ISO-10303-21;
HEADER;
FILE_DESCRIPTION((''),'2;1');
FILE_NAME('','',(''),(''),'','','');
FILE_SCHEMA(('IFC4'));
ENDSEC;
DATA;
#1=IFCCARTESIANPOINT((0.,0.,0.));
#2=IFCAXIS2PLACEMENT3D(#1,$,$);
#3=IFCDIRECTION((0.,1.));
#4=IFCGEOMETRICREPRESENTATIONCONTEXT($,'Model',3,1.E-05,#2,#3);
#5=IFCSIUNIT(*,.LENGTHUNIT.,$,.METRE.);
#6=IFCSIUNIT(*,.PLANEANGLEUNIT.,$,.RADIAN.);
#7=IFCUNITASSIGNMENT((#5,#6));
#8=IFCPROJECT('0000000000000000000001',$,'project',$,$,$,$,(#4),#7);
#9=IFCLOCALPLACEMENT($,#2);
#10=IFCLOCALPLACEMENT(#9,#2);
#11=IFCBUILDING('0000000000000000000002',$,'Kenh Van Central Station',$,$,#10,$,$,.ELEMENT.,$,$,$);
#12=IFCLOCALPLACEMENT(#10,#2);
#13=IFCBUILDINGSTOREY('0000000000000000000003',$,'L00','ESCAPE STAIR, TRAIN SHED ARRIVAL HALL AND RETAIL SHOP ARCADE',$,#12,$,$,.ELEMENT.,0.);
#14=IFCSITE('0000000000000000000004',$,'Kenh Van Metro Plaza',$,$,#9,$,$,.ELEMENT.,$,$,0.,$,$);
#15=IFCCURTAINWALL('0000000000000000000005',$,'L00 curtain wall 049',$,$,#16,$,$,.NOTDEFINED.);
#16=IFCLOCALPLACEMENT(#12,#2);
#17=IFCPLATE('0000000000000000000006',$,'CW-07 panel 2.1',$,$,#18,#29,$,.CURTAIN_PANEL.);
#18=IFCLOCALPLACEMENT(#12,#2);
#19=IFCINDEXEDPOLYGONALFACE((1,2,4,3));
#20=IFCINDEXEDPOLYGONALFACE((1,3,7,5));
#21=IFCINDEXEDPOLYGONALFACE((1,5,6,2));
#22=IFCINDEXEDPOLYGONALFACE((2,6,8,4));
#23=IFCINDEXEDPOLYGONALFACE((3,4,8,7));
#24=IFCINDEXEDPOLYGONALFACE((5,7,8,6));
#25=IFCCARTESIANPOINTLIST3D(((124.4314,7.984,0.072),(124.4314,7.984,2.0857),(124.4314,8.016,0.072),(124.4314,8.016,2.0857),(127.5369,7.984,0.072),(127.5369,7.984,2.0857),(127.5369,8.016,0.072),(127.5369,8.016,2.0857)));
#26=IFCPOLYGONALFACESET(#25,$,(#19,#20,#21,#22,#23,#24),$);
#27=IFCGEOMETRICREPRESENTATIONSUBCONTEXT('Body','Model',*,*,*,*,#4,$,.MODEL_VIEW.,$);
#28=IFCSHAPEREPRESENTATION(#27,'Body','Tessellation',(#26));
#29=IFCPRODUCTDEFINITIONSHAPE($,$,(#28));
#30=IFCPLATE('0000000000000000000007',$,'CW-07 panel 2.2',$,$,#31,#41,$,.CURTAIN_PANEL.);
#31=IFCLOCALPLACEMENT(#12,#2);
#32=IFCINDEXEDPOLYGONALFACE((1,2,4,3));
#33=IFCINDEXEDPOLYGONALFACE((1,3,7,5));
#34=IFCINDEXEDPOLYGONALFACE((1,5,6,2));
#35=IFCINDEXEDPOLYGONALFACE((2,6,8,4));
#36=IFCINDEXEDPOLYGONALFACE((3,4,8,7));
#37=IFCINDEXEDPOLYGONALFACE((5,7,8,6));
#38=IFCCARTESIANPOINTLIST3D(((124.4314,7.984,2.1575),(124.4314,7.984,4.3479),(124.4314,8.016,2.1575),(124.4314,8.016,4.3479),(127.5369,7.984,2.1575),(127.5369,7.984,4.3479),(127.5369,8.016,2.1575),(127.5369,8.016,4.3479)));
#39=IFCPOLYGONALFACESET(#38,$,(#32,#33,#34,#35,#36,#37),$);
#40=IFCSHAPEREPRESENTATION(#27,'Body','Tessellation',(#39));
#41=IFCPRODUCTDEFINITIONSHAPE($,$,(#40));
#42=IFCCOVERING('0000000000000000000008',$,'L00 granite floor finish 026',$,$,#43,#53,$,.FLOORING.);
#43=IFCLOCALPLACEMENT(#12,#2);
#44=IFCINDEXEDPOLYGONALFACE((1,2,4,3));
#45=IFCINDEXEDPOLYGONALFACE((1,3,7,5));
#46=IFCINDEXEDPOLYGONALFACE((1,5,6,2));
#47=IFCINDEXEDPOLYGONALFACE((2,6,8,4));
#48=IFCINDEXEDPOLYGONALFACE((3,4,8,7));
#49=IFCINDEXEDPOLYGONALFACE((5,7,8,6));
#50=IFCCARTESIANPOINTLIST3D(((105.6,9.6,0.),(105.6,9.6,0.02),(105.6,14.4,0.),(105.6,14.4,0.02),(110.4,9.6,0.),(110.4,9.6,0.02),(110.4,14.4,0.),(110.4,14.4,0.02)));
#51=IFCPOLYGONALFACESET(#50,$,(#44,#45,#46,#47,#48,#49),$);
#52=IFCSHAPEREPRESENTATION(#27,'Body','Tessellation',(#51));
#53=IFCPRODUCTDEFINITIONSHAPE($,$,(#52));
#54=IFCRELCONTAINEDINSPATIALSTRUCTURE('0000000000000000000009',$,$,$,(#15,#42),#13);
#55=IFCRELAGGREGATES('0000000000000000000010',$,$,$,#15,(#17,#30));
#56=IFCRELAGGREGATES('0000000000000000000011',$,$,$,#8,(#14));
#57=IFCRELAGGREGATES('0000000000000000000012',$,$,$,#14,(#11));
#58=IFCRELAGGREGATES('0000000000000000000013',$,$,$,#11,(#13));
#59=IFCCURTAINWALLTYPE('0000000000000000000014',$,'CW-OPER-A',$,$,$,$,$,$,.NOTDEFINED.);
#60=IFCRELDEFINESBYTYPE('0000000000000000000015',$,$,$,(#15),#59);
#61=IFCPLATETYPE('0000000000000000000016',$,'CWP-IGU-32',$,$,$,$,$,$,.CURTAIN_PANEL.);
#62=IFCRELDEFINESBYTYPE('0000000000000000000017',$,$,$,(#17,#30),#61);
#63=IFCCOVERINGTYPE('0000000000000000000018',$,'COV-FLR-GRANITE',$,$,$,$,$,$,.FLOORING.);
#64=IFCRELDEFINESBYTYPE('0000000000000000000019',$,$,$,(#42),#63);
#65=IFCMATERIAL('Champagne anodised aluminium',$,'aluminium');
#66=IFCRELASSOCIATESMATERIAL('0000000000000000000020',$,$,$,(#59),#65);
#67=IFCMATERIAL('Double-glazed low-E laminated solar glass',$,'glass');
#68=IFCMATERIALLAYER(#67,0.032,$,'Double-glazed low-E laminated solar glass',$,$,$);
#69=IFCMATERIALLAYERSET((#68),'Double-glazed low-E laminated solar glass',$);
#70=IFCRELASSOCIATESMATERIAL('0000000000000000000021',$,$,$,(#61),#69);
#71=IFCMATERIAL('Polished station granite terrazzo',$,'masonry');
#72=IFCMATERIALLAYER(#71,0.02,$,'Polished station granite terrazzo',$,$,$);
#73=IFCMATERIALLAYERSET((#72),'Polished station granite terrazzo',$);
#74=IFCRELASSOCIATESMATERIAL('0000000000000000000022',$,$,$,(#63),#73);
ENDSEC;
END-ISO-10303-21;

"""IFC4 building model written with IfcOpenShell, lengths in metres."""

from ifc_helpers import new_model, si_unit, direction, frame, origin, origin_2d, place, context, subcontext, project, spatial, rectangle, extrude, material, layer, layer_set, type_object, element, aggregate, save


model = new_model("IFC4")

# Units and contexts
model_context = context("Model", 3, precision=1e-05, world=origin(), true_north=direction((0.0, 1.0)))
body_context = subcontext(model_context, "Body", "Model", "MODEL_VIEW")
ifc_project = project(units=[si_unit("LENGTHUNIT", "METRE"), si_unit("PLANEANGLEUNIT", "RADIAN")], contexts=[model_context])

# Site, building, storey
site_placement = place(None, origin())
site = spatial("IfcSite", under=ifc_project, at=site_placement, Name="Kenh Van Metro Plaza", CompositionType="ELEMENT", RefElevation=0.0)
building_placement = place(site_placement, origin())
building = spatial("IfcBuilding", under=site, at=building_placement, Name="Kenh Van Central Station", CompositionType="ELEMENT")
storey_placement = place(building_placement, origin())
storey = spatial("IfcBuildingStorey", under=building, at=storey_placement, Name="L00", Description="ESCAPE STAIR, TRAIN SHED ARRIVAL HALL AND RETAIL SHOP ARCADE", CompositionType="ELEMENT", Elevation=0.0)

# Curtain wall
ifc_material_1 = material(Name="Champagne anodised aluminium", Category="aluminium")
curtain_wall_type_1 = type_object("IfcCurtainWallType", Name="CW-OPER-A", PredefinedType="NOTDEFINED", material=ifc_material_1)
curtain_wall_1_placement = place(storey_placement, origin())
curtain_wall_1 = element("IfcCurtainWall", 1, at=curtain_wall_1_placement, inside=storey, type_object=curtain_wall_type_1, Name="L00 curtain wall 049", PredefinedType="NOTDEFINED")

# Plates
ifc_material_2 = material(Name="Double-glazed low-E laminated solar glass", Category="glass")
ifc_layer_1 = layer(ifc_material_2, 0.032, Name="Double-glazed low-E laminated solar glass")
ifc_layer_set_1 = layer_set([ifc_layer_1], Name="Double-glazed low-E laminated solar glass")
plate_type_1 = type_object("IfcPlateType", Name="CWP-IGU-32", PredefinedType="CURTAIN_PANEL", material=ifc_layer_set_1)
plate_1_placement = place(storey_placement, frame((125.9841, 8.0, 0.072), z_axis=(0.0, 0.0, 1.0), x_axis=(1.0, 0.0, 0.0)))
plate_1 = element("IfcPlate", 2, at=plate_1_placement, type_object=plate_type_1, Name="CW-07 panel 2.1", PredefinedType="CURTAIN_PANEL", context=body_context, shape_type="SweptSolid", body=[
    extrude(rectangle(XDim=3.1055, YDim=0.032, at=origin_2d()), origin(), (0.0, 0.0, 1.0), 2.0137),
])
plate_2_placement = place(storey_placement, frame((125.9841, 8.0, 2.1575), z_axis=(0.0, 0.0, 1.0), x_axis=(1.0, 0.0, 0.0)))
plate_2 = element("IfcPlate", 3, at=plate_2_placement, type_object=plate_type_1, Name="CW-07 panel 2.2", PredefinedType="CURTAIN_PANEL", context=body_context, shape_type="SweptSolid", body=[
    extrude(rectangle(XDim=3.1055, YDim=0.032, at=origin_2d()), origin(), (0.0, 0.0, 1.0), 2.1904),
])
aggregate(curtain_wall_1, [plate_1, plate_2])

# Covering
ifc_material_3 = material(Name="Polished station granite terrazzo", Category="masonry")
ifc_layer_2 = layer(ifc_material_3, 0.02, Name="Polished station granite terrazzo")
ifc_layer_set_2 = layer_set([ifc_layer_2], Name="Polished station granite terrazzo")
covering_type = type_object("IfcCoveringType", Name="COV-FLR-GRANITE", PredefinedType="FLOORING", material=ifc_layer_set_2)
covering_placement = place(storey_placement, frame((108.0, 12.0, 0.0), z_axis=(0.0, 0.0, 1.0), x_axis=(1.0, 0.0, 0.0)))
element("IfcCovering", 4, at=covering_placement, inside=storey, type_object=covering_type, Name="L00 granite floor finish 026", PredefinedType="FLOORING", context=body_context, shape_type="SweptSolid", body=[
    extrude(rectangle(XDim=4.8, YDim=4.8, at=origin_2d()), origin(), (0.0, 0.0, 1.0), 0.02),
])

save(model, "model.ifc")
